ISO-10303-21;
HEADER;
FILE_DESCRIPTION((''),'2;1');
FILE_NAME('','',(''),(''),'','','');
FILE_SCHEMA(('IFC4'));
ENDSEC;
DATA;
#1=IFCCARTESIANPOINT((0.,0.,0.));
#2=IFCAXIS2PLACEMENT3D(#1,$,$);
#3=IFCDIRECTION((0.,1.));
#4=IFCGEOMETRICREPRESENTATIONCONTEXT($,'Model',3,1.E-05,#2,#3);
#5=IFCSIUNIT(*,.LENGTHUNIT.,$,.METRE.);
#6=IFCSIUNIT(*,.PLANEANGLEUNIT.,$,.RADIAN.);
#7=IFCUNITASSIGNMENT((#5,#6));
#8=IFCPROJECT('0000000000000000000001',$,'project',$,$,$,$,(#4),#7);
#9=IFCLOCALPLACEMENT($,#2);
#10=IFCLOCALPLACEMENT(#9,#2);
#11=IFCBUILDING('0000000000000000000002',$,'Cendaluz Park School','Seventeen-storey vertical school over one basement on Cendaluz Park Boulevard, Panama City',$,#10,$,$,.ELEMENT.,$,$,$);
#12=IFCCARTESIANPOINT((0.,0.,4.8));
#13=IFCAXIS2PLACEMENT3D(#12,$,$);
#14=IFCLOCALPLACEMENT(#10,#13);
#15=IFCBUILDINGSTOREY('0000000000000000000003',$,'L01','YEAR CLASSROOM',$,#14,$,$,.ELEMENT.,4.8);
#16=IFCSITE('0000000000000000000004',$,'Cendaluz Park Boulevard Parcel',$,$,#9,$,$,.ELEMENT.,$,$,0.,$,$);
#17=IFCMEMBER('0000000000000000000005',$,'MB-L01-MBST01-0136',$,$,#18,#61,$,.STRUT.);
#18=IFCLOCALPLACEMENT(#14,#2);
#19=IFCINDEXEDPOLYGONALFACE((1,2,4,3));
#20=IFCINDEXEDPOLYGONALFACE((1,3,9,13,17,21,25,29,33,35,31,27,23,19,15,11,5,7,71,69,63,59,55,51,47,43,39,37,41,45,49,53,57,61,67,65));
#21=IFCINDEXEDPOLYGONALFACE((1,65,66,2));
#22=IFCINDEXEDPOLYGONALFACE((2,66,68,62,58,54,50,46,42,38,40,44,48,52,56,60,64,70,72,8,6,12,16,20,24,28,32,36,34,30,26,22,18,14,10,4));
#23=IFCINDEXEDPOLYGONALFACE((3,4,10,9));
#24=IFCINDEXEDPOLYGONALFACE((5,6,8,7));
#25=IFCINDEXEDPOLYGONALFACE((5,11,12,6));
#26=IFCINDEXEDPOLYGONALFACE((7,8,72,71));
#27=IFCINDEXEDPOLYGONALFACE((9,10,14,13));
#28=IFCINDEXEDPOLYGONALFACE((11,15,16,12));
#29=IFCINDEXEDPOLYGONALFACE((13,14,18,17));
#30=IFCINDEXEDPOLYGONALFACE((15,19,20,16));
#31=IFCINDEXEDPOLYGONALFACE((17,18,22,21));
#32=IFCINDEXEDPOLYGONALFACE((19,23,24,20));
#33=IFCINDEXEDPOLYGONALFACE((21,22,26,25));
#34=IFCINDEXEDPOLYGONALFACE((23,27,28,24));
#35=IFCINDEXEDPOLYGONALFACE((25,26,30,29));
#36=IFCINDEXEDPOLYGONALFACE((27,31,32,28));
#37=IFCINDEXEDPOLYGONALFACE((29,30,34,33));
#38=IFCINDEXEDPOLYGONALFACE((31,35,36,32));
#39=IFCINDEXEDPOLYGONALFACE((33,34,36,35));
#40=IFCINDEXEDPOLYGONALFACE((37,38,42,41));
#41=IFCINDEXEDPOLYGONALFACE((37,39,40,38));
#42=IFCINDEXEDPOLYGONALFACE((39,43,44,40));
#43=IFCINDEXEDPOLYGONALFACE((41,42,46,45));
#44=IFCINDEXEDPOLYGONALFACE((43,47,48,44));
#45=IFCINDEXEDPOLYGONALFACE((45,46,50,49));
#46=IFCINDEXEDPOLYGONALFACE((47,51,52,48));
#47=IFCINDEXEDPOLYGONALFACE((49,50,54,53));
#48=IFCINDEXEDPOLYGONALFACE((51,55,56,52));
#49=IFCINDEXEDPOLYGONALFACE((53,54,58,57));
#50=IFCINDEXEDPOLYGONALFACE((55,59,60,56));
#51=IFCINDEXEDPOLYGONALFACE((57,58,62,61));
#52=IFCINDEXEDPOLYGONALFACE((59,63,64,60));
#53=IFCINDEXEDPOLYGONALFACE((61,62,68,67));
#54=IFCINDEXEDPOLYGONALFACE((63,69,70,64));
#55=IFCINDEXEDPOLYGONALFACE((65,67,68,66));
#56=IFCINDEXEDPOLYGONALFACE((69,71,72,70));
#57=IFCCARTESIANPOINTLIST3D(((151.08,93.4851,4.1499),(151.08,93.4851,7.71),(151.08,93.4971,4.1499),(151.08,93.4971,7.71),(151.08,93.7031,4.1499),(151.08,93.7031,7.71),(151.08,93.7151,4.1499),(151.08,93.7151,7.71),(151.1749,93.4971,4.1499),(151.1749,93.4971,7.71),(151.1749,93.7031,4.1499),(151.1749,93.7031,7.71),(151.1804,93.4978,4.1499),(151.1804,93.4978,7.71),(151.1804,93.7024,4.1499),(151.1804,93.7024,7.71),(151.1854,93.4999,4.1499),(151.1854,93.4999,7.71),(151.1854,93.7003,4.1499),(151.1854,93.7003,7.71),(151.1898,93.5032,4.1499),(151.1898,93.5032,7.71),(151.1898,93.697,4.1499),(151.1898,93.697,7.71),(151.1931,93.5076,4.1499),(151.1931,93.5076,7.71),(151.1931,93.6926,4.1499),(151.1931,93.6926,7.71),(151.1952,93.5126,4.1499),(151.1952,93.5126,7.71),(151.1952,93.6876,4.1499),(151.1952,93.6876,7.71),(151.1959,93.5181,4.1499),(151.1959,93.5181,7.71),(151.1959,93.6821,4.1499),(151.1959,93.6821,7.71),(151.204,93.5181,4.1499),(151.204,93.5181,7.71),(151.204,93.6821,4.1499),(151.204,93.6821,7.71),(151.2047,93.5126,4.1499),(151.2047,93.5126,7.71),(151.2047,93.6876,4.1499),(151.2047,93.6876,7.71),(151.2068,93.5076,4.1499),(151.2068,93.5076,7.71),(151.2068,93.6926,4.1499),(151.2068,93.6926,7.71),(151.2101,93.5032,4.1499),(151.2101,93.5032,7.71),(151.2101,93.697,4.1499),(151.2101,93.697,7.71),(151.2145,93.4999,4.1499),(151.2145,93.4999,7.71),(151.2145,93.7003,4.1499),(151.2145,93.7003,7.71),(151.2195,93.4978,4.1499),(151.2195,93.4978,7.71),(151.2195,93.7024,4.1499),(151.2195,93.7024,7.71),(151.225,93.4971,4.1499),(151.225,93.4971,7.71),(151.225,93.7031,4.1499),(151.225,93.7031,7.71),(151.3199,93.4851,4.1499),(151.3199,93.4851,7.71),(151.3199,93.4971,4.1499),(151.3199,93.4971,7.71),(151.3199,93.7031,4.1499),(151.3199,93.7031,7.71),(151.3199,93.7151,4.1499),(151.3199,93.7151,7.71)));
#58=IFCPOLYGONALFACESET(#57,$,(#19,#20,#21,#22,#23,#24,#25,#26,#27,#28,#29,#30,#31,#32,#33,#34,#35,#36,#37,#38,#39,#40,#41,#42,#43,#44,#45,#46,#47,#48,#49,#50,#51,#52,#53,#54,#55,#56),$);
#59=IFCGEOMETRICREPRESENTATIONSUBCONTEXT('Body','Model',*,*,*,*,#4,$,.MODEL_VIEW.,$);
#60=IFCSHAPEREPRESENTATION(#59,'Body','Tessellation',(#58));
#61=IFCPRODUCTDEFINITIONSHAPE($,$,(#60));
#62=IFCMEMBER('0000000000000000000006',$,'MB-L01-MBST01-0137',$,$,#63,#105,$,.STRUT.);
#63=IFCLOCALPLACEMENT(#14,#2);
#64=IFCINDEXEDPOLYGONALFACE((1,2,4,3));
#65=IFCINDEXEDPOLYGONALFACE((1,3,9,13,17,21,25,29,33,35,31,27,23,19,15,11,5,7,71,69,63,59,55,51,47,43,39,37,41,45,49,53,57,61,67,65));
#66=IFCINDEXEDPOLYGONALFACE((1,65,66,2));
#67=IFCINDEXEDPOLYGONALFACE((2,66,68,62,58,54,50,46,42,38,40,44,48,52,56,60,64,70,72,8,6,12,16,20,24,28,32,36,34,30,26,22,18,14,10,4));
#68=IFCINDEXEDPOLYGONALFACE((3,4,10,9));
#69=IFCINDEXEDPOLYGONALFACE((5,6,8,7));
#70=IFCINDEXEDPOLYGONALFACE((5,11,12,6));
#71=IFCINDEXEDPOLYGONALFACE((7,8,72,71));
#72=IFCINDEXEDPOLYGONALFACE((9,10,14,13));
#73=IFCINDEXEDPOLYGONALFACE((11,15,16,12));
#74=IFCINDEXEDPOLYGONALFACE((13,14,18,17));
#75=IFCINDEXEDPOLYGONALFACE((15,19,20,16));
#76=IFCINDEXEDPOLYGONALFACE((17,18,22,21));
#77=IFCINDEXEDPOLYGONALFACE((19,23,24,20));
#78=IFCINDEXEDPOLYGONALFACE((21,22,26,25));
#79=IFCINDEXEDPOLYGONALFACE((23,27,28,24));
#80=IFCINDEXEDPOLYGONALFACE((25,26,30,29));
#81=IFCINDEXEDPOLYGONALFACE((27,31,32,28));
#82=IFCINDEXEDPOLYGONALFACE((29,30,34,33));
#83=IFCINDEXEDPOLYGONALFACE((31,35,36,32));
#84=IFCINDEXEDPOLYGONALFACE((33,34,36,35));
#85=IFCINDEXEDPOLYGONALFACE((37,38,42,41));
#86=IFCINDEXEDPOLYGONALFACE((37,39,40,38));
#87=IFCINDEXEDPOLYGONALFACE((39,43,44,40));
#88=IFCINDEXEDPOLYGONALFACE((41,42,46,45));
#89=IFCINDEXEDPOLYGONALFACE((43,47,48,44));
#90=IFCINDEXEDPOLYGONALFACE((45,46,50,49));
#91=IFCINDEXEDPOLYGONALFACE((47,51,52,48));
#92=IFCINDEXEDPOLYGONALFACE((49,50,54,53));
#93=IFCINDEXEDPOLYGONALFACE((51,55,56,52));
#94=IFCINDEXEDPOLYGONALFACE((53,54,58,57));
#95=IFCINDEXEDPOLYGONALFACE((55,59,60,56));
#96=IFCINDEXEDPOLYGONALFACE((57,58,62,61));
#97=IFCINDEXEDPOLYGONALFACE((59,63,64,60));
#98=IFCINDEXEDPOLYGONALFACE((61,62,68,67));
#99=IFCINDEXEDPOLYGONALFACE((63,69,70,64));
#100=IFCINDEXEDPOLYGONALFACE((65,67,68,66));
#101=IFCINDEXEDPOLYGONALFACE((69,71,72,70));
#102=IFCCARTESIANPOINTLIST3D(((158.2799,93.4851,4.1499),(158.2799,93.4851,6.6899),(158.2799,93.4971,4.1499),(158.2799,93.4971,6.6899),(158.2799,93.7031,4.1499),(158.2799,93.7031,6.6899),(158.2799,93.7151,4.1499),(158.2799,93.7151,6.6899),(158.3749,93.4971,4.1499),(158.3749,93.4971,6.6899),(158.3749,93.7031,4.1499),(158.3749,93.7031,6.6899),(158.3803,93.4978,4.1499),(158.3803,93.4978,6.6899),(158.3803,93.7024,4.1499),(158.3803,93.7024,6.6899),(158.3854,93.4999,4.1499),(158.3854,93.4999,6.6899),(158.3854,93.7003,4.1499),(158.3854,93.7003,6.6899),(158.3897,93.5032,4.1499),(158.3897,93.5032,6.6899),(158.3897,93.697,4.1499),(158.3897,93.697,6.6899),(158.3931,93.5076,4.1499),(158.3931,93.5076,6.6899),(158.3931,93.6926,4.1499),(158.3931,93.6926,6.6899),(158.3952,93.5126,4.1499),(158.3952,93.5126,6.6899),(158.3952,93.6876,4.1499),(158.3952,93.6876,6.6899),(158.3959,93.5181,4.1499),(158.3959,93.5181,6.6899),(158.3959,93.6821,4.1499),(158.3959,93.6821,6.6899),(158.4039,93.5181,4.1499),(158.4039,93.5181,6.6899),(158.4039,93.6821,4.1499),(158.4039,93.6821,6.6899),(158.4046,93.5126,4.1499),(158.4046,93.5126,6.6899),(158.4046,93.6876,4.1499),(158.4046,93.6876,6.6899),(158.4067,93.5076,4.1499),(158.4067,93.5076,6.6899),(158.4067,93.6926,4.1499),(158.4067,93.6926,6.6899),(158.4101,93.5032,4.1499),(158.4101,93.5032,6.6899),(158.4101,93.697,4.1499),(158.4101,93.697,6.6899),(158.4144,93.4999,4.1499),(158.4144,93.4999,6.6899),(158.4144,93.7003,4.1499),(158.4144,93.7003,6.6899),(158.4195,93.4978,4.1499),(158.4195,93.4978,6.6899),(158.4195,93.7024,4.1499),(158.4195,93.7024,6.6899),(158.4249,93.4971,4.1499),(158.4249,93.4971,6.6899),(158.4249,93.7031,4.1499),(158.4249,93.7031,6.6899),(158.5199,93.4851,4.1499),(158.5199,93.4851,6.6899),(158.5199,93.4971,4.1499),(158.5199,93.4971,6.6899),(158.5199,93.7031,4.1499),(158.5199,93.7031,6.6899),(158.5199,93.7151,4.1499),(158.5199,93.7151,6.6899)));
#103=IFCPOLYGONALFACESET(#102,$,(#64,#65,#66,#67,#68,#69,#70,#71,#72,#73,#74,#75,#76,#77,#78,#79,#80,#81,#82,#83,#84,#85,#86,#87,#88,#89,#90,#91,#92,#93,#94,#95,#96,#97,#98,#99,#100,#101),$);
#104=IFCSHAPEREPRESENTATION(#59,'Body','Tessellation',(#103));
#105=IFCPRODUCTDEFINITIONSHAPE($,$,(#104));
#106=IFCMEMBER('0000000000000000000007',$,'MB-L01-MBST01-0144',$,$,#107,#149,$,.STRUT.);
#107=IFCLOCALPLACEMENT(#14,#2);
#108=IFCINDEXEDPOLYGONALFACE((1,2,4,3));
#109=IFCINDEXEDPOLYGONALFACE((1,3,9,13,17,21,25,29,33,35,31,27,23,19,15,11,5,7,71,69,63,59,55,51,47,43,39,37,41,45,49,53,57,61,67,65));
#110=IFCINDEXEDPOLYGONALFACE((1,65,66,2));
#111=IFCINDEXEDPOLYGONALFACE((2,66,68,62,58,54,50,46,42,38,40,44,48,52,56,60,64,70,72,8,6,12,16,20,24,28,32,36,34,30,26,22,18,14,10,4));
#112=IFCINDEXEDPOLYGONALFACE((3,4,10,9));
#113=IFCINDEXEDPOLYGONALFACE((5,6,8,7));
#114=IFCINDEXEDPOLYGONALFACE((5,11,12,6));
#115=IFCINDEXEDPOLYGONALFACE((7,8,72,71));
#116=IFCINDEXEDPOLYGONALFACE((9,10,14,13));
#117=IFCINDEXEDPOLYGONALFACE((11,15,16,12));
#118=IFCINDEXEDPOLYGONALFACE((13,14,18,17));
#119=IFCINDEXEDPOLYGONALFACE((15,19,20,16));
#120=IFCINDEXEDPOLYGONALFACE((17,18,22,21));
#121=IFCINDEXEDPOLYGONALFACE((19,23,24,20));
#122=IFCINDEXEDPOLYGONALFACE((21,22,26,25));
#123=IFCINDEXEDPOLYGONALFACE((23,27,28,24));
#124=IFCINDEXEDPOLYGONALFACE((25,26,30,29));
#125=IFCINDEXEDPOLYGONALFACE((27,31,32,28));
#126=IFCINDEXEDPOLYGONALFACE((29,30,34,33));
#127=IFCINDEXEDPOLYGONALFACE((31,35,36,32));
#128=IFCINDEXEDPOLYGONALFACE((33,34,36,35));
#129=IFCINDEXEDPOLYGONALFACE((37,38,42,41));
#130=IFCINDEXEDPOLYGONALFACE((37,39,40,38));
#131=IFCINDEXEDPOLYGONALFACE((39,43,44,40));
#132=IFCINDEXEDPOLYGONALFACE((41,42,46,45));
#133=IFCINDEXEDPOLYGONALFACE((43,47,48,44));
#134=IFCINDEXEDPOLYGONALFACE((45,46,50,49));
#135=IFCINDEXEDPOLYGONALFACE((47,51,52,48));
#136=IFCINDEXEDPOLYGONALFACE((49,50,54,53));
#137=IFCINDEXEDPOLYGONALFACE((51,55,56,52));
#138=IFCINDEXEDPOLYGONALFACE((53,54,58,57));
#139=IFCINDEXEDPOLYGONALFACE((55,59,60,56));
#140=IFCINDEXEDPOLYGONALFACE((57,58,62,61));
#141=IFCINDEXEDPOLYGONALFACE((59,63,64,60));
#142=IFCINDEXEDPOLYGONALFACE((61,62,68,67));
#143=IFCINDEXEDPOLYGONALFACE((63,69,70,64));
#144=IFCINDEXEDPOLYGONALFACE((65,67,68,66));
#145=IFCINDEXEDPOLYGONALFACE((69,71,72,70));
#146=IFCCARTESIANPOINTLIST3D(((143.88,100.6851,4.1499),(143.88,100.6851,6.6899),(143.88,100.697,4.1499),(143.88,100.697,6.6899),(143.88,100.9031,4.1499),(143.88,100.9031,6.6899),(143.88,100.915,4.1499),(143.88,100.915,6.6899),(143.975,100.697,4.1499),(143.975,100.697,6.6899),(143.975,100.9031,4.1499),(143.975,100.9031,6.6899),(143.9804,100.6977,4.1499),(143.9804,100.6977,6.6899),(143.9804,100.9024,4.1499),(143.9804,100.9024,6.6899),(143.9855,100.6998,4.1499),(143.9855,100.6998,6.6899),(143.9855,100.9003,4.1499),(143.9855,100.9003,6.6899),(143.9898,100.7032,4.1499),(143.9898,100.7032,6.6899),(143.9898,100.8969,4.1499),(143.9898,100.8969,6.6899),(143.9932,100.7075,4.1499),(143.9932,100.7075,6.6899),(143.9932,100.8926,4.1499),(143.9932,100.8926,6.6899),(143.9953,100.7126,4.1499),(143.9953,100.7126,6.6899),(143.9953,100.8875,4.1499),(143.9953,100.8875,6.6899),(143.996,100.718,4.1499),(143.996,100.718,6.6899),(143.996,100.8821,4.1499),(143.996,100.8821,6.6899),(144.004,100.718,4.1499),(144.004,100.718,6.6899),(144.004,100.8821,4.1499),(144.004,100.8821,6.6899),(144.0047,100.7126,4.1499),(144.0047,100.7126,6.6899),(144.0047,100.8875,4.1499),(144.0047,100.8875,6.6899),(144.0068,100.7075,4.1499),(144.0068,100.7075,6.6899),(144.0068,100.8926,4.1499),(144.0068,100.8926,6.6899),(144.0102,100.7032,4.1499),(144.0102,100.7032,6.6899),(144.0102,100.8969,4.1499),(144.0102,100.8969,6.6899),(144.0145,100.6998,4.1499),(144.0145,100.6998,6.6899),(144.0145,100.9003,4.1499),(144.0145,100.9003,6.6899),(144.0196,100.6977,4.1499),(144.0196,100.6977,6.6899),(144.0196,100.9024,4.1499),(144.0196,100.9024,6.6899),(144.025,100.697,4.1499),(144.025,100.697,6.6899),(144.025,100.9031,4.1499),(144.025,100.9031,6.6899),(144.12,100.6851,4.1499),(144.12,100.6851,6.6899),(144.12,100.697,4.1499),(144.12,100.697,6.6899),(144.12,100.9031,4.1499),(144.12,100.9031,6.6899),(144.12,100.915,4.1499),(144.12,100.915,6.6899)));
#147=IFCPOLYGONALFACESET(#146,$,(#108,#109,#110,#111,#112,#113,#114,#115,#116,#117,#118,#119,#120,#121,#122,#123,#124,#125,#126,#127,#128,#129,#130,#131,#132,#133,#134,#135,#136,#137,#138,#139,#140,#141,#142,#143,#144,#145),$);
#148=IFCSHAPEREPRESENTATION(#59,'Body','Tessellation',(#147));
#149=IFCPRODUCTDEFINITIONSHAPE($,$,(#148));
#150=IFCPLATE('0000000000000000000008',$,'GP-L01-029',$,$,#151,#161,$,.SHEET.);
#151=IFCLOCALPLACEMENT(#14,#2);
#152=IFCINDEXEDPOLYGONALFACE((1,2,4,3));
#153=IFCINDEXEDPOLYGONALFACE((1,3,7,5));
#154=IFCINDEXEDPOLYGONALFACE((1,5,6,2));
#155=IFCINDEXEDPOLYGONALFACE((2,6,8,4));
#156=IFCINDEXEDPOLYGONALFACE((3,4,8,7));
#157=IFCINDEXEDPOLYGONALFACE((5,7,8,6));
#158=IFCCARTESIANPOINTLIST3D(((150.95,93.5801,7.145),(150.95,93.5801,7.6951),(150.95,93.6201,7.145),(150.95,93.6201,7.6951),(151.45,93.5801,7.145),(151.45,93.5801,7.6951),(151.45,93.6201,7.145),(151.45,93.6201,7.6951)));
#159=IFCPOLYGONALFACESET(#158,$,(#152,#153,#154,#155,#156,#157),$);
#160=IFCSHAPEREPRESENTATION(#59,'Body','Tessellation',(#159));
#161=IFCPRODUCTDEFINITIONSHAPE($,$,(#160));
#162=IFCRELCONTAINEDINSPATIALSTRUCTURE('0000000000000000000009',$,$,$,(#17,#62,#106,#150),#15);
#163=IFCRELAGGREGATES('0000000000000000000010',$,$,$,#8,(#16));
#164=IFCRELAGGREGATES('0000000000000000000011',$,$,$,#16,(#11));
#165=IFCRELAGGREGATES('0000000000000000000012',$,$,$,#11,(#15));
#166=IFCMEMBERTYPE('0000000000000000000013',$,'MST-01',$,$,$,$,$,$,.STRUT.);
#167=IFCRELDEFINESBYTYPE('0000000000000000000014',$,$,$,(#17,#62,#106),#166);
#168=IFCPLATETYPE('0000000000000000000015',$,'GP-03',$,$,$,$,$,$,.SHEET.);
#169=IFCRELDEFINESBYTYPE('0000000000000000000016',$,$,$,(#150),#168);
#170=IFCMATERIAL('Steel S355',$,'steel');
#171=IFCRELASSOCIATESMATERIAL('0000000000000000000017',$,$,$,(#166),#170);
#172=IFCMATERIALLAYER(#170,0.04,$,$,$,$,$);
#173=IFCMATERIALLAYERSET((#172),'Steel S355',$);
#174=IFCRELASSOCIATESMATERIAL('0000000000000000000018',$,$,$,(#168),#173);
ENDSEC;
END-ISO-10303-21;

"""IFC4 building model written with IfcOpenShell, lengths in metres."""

from ifc_helpers import new_model, si_unit, direction, frame, origin, origin_2d, place, context, subcontext, project, spatial, rectangle, i_section, extrude, material, layer, layer_set, material_profile, profile_set, type_object, element, save


model = new_model("IFC4")

# Units and contexts
model_context = context("Model", 3, precision=1e-05, world=origin(), true_north=direction((0.0, 1.0)))
body_context = subcontext(model_context, "Body", "Model", "MODEL_VIEW")
ifc_project = project(units=[si_unit("LENGTHUNIT", "METRE"), si_unit("PLANEANGLEUNIT", "RADIAN")], contexts=[model_context])

# Site, building, storey
site_placement = place(None, origin())
site = spatial("IfcSite", under=ifc_project, at=site_placement, Name="Cendaluz Park Boulevard Parcel", CompositionType="ELEMENT", RefElevation=0.0)
building_placement = place(site_placement, origin())
building = spatial("IfcBuilding", under=site, at=building_placement, Name="Cendaluz Park School", Description="Seventeen-storey vertical school over one basement on Cendaluz Park Boulevard, Panama City", CompositionType="ELEMENT")
storey_placement = place(building_placement, frame((0.0, 0.0, 4.8)))
storey = spatial("IfcBuildingStorey", under=building, at=storey_placement, Name="L01", Description="YEAR CLASSROOM", CompositionType="ELEMENT", Elevation=4.8)

# Members
ifc_material_1 = material(Name="Steel S355", Category="steel")
ifc_material_profile_1 = material_profile(ifc_material_1, i_section(OverallWidth=0.24, OverallDepth=0.23, WebThickness=0.0081, FlangeThickness=0.012, FilletRadius=0.021, at=origin_2d()), Name="HEA 240", Category="steel")
ifc_profile_set_1 = profile_set([ifc_material_profile_1], Name="Steel S355")
member_type_1 = type_object("IfcMemberType", Name="MST-01", PredefinedType="STRUT", material=ifc_profile_set_1)
member_1_placement = place(storey_placement, frame((151.2, 93.6001, 4.1499), z_axis=(0.0, 0.0, 1.0), x_axis=(1.0, 0.0, 0.0)))
element("IfcMember", 1, at=member_1_placement, inside=storey, type_object=member_type_1, Name="MB-L01-MBST01-0136", PredefinedType="STRUT", context=body_context, shape_type="SweptSolid", body=[
    extrude(i_section(OverallWidth=0.24, OverallDepth=0.23, WebThickness=0.0081, FlangeThickness=0.012, FilletRadius=0.021, at=origin_2d()), origin(), (0.0, 0.0, 1.0), 3.5601),
])
for number, where, z_axis, x_axis, name in (
    (2, (158.3999, 93.6001, 4.1499), (0.0, 0.0, 1.0), (1.0, 0.0, 0.0), "MB-L01-MBST01-0137"),
    (3, (144.0, 100.8, 4.1499), (0.0, 0.0, 1.0), (1.0, 0.0, 0.0), "MB-L01-MBST01-0144"),
):
    element("IfcMember", number, at=place(storey_placement, frame(where, z_axis=z_axis, x_axis=x_axis)), inside=storey, type_object=member_type_1, Name=name, PredefinedType="STRUT", context=body_context, shape_type="SweptSolid", body=[
        extrude(i_section(OverallWidth=0.24, OverallDepth=0.23, WebThickness=0.0081, FlangeThickness=0.012, FilletRadius=0.021, at=origin_2d()), origin(), (0.0, 0.0, 1.0), 2.54),
    ])

# Plate
ifc_layer = layer(ifc_material_1, 0.04)
ifc_layer_set = layer_set([ifc_layer], Name="Steel S355")
plate_type = type_object("IfcPlateType", Name="GP-03", PredefinedType="SHEET", material=ifc_layer_set)
plate_placement = place(storey_placement, frame((151.2, 93.6001, 7.145), z_axis=(0.0, 0.0, 1.0), x_axis=(1.0, 0.0, 0.0)))
element("IfcPlate", 4, at=plate_placement, inside=storey, type_object=plate_type, Name="GP-L01-029", PredefinedType="SHEET", context=body_context, shape_type="SweptSolid", body=[
    extrude(rectangle(XDim=0.5, YDim=0.04, at=origin_2d()), origin(), (0.0, 0.0, 1.0), 0.55),
])

save(model, "model.ifc")
